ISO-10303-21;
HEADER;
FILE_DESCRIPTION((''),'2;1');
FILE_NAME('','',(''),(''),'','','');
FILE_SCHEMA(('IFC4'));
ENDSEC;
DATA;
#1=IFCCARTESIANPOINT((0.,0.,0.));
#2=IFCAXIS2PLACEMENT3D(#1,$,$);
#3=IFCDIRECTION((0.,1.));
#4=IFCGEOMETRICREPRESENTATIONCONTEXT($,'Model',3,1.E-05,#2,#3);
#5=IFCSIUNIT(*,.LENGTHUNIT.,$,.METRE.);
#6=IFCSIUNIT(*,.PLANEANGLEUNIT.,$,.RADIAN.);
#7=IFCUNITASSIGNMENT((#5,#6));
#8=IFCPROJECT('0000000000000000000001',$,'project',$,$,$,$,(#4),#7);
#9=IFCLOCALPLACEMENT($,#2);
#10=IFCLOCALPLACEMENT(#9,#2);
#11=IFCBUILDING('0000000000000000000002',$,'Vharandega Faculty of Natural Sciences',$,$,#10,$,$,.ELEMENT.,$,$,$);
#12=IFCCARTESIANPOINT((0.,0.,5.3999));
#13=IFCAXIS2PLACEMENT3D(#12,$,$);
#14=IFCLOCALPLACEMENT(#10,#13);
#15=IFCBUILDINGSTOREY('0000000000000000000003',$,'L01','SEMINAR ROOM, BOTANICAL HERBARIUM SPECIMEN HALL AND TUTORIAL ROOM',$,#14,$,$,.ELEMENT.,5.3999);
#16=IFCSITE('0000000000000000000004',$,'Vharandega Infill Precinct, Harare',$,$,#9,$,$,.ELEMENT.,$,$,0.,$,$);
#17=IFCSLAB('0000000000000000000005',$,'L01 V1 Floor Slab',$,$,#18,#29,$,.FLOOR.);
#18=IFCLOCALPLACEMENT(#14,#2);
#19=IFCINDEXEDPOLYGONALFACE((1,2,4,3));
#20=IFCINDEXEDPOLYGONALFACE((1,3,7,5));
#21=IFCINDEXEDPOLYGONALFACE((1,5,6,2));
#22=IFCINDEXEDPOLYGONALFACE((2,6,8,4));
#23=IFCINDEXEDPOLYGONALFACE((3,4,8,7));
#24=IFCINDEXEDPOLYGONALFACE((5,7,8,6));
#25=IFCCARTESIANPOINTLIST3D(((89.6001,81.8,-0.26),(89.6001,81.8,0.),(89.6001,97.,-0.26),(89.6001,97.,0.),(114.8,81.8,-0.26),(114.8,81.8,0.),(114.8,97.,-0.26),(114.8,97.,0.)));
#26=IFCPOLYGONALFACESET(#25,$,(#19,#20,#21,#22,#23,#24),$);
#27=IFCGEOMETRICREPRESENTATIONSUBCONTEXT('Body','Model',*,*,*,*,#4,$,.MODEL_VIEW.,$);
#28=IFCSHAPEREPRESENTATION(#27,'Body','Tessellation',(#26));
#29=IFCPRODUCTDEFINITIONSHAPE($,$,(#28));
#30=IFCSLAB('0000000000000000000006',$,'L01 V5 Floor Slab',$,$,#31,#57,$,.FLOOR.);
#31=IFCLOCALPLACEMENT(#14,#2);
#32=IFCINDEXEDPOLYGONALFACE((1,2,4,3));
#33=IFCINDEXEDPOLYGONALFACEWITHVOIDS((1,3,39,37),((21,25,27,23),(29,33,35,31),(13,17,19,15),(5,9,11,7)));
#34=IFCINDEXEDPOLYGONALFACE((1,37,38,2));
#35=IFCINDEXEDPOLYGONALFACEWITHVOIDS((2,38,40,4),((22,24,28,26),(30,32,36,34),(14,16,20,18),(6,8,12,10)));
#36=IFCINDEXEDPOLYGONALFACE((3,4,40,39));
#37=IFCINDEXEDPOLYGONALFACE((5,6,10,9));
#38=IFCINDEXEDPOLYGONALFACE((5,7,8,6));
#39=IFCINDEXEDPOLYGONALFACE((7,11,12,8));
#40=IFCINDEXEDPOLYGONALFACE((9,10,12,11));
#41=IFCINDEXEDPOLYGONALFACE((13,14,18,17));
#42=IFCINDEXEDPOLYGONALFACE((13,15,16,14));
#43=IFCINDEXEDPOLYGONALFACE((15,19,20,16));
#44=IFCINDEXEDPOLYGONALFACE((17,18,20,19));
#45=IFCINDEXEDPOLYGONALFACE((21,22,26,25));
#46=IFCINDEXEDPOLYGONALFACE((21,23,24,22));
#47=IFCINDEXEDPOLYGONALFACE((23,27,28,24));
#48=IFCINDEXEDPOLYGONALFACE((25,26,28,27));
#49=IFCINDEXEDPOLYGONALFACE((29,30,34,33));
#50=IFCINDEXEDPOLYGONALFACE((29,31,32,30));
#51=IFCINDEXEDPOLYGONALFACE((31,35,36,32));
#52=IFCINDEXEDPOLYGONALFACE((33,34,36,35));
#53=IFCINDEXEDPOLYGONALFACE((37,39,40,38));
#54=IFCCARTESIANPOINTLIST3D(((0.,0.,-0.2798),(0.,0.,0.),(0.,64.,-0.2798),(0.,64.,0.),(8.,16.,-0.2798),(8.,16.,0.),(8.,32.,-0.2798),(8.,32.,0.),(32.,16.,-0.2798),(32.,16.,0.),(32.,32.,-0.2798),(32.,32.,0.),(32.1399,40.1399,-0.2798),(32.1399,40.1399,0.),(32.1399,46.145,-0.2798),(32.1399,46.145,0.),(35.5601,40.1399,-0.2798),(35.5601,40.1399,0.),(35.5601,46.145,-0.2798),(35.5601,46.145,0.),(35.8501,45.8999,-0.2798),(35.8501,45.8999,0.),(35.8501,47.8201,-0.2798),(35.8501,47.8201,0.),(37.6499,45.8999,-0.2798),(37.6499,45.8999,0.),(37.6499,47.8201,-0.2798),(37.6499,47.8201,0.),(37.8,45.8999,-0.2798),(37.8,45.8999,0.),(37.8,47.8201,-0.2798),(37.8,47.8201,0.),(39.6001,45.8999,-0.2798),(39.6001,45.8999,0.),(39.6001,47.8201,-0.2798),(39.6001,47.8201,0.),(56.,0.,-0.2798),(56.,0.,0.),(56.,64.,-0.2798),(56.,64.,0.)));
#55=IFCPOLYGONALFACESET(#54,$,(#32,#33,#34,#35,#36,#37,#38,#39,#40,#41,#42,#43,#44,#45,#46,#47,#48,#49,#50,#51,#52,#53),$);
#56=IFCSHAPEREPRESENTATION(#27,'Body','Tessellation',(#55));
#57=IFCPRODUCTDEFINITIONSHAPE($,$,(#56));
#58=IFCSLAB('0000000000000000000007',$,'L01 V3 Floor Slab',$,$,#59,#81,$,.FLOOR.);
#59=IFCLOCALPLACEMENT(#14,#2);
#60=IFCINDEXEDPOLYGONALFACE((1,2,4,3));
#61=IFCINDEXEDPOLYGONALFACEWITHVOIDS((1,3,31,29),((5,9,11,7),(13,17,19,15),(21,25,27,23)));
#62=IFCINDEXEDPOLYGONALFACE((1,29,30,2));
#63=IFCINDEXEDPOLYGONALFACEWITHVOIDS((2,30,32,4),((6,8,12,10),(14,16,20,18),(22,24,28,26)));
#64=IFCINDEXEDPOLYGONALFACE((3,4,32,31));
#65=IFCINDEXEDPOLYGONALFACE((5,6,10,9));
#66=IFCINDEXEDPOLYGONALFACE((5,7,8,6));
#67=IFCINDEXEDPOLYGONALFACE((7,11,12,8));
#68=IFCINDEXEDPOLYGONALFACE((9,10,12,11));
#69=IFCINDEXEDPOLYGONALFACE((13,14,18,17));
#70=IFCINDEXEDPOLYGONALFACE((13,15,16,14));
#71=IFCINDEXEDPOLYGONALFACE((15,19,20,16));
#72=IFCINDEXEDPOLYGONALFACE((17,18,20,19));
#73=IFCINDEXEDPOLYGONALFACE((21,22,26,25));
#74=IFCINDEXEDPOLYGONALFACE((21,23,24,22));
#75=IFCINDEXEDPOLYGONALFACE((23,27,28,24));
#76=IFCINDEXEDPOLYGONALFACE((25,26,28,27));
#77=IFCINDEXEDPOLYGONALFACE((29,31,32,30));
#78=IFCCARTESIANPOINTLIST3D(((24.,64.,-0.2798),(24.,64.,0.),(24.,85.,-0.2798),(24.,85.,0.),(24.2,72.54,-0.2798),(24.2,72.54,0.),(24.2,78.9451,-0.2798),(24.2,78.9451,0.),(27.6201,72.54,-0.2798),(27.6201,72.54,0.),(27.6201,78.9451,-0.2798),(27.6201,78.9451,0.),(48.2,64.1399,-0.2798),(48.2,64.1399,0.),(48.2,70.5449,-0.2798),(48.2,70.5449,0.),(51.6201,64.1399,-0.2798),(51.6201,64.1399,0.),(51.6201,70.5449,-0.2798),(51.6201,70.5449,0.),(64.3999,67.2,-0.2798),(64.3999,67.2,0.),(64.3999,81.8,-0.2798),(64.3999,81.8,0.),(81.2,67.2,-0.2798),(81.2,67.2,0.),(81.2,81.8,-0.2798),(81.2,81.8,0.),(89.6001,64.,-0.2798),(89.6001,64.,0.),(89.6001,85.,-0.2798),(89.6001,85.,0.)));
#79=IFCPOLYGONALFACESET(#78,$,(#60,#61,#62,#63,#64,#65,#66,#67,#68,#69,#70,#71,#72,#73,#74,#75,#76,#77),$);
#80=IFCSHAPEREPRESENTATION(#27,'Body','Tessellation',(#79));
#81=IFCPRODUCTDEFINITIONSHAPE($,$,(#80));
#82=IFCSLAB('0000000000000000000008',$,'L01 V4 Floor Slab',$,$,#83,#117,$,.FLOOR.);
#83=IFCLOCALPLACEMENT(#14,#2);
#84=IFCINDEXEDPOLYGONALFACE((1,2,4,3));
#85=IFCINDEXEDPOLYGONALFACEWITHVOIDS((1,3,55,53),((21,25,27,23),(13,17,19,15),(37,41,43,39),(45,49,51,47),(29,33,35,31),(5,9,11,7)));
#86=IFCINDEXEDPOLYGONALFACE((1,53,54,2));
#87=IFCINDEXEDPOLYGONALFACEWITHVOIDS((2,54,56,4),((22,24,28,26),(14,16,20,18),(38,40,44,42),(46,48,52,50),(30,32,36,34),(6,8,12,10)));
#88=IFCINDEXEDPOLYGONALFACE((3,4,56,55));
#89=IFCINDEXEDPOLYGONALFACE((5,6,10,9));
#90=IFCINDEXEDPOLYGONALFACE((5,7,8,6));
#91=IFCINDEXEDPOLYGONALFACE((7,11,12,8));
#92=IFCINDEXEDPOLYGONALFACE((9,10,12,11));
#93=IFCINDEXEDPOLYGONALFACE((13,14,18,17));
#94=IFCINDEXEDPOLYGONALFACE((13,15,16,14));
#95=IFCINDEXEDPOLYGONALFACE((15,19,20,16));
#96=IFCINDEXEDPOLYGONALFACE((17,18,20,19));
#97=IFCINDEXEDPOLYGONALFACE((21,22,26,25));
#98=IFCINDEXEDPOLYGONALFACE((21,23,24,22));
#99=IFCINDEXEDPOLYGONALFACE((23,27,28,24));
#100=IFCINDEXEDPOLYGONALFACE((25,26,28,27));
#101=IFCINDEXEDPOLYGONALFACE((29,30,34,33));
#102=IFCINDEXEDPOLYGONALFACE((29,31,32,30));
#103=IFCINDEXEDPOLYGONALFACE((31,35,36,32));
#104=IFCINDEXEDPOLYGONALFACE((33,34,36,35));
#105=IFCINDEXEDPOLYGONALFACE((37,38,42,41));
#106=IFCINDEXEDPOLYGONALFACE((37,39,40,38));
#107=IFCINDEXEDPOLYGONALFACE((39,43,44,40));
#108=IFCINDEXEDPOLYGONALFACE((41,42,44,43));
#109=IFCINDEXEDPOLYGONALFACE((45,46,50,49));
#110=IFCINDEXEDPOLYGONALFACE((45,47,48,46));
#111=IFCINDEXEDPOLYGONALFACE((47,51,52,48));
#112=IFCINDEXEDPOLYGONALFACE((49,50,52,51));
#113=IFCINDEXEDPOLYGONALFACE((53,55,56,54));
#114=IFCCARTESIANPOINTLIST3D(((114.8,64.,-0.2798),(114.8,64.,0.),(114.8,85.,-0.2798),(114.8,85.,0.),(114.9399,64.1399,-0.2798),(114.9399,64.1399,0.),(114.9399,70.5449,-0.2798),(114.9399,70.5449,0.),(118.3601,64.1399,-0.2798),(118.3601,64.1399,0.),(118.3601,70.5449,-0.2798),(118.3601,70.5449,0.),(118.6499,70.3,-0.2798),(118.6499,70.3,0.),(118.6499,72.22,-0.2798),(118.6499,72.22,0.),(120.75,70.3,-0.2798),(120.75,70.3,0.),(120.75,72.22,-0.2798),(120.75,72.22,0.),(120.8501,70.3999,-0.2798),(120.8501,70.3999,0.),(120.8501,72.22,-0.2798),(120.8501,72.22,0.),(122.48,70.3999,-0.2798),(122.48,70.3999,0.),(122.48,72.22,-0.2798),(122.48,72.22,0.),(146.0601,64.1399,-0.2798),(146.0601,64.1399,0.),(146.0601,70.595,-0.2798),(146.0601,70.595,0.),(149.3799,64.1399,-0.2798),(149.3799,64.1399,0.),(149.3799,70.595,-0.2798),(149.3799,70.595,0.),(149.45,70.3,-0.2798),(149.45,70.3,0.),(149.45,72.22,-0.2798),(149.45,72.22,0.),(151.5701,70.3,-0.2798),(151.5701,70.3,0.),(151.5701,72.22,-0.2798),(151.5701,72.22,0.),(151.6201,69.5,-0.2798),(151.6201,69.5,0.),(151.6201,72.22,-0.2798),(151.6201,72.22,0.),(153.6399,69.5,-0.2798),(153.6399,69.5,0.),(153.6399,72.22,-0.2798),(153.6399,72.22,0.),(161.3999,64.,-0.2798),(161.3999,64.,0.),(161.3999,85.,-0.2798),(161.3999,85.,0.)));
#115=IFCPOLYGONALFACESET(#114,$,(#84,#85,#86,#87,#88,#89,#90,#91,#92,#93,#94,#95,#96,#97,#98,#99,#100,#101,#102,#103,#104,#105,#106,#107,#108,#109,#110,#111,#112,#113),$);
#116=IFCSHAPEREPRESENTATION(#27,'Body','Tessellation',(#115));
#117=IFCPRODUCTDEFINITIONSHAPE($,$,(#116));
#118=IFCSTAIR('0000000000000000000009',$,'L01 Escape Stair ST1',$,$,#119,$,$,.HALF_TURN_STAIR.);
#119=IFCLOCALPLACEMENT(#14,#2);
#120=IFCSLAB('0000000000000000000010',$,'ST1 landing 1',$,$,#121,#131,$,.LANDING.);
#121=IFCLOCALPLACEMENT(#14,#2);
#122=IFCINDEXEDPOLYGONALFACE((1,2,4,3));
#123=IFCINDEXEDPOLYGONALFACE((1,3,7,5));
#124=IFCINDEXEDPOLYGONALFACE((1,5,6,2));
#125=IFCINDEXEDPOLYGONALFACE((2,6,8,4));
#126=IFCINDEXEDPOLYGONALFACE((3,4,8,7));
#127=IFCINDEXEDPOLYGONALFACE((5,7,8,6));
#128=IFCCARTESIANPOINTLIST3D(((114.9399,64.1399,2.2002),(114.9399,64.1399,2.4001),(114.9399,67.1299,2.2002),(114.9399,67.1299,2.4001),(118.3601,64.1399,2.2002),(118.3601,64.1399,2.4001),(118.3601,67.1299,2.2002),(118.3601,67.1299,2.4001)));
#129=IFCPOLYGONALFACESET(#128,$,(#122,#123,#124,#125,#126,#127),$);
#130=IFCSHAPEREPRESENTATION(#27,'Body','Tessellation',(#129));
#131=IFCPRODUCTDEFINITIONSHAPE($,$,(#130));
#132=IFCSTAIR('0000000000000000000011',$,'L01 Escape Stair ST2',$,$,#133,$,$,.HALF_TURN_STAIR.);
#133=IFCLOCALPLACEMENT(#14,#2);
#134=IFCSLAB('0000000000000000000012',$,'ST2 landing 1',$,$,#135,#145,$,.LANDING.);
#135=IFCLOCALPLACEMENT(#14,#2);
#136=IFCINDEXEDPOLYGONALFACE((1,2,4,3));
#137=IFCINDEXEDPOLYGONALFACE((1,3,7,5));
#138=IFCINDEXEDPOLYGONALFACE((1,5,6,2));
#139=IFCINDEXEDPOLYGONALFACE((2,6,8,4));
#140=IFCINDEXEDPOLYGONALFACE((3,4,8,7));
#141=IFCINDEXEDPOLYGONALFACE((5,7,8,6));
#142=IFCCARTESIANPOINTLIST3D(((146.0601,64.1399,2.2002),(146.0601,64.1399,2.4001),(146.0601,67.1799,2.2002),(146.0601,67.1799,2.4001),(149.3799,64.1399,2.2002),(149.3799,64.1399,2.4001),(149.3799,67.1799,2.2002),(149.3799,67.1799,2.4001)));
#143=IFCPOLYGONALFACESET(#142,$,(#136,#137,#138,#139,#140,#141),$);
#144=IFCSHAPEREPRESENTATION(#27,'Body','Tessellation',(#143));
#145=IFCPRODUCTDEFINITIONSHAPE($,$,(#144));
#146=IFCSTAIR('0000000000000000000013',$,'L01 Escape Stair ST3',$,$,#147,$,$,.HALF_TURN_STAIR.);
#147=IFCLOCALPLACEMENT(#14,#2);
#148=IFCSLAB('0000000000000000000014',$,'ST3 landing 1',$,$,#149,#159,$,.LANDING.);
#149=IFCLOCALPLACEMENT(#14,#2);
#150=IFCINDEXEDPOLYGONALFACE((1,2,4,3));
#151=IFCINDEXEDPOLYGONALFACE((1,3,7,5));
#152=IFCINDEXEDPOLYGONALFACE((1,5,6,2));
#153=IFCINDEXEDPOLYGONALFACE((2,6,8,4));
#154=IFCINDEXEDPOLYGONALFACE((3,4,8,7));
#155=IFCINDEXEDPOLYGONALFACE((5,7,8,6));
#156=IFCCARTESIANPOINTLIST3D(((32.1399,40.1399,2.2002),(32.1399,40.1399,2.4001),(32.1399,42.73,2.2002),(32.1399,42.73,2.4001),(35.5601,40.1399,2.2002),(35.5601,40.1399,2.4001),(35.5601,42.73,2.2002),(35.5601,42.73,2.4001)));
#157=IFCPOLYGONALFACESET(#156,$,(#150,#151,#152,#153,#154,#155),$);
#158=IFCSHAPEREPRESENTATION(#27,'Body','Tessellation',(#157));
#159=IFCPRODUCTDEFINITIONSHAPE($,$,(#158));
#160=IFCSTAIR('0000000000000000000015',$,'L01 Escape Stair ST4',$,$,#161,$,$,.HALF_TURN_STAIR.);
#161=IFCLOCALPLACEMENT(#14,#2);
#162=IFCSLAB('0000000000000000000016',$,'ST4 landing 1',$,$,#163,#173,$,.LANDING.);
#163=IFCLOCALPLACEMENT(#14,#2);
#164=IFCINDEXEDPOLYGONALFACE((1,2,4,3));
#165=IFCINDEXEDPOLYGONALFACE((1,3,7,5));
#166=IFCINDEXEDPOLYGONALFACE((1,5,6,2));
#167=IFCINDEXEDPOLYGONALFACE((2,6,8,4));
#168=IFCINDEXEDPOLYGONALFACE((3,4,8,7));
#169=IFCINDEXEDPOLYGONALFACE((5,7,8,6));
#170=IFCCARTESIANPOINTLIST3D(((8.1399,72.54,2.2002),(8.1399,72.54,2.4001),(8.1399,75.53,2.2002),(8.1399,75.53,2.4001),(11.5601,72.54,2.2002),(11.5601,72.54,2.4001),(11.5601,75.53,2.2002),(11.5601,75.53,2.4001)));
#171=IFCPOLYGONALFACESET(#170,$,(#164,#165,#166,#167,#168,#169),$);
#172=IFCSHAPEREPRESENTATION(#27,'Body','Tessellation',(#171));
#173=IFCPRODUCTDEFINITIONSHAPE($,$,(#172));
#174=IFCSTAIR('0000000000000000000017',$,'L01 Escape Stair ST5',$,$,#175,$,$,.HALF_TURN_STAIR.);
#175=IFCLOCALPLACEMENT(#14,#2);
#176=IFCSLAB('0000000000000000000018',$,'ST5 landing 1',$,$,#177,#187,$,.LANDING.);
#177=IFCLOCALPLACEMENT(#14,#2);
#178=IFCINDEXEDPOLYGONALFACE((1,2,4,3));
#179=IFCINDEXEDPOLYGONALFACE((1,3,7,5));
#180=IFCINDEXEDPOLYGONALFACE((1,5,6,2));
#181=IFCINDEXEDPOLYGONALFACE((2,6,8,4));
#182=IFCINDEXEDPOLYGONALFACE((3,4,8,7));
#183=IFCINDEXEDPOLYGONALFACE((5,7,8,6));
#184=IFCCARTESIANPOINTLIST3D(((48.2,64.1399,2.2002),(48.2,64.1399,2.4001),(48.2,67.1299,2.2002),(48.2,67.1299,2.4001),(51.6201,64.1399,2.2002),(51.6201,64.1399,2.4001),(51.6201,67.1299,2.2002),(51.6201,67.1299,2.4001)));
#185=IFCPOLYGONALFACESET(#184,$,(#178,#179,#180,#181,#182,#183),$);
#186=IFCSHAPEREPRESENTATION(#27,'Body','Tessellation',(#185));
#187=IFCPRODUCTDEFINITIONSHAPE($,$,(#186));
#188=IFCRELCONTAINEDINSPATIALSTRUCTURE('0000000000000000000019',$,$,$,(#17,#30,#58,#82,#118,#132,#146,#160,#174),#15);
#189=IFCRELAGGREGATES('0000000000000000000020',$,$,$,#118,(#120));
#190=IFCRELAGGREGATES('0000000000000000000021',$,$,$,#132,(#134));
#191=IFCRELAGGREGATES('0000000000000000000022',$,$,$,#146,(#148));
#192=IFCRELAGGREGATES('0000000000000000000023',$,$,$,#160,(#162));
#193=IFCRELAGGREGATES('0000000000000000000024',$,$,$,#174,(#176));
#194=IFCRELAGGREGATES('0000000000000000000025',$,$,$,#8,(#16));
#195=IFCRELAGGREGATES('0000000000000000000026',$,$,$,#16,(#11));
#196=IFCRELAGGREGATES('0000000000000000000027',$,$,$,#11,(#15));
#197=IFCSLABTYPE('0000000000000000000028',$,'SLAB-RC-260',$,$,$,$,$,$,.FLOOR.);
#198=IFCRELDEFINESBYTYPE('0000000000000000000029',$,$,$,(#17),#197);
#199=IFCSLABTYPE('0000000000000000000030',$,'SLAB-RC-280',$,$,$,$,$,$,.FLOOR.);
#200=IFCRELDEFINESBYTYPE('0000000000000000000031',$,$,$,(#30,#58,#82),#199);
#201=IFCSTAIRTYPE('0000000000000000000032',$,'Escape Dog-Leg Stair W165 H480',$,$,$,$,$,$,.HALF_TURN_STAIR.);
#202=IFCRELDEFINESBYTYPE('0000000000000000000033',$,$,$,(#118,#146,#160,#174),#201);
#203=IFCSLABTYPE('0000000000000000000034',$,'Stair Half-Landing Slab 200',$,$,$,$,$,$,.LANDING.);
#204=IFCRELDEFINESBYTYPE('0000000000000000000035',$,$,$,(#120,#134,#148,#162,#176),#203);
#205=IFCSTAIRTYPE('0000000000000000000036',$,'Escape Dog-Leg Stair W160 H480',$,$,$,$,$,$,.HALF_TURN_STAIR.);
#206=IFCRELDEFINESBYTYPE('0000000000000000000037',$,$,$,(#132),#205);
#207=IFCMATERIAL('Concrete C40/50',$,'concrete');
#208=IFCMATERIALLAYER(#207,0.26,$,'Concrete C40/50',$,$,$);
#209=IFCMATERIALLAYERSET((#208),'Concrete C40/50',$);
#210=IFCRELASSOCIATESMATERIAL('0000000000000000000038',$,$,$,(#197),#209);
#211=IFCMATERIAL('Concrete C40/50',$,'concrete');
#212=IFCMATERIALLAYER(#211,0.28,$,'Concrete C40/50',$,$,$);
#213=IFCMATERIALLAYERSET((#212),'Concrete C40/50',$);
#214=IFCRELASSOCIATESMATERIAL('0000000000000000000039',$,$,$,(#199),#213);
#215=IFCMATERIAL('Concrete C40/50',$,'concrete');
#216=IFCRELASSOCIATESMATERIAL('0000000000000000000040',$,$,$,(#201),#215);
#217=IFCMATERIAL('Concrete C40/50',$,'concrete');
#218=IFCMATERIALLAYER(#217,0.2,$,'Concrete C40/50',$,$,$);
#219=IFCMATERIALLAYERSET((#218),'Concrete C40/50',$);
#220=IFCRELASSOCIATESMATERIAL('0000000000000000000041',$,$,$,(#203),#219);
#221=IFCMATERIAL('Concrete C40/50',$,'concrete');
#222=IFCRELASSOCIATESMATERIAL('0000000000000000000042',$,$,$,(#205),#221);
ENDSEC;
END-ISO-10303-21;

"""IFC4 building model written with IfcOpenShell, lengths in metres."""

from ifc_helpers import new_model, si_unit, direction, frame, origin, place, context, subcontext, project, spatial, polyline, outline, extrude, material, layer, layer_set, type_object, element, aggregate, save


model = new_model("IFC4")

# Units and contexts
model_context = context("Model", 3, precision=1e-05, world=origin(), true_north=direction((0.0, 1.0)))
body_context = subcontext(model_context, "Body", "Model", "MODEL_VIEW")
ifc_project = project(units=[si_unit("LENGTHUNIT", "METRE"), si_unit("PLANEANGLEUNIT", "RADIAN")], contexts=[model_context])

# Site, building, storey
site_placement = place(None, origin())
site = spatial("IfcSite", under=ifc_project, at=site_placement, Name="Vharandega Infill Precinct, Harare", CompositionType="ELEMENT", RefElevation=0.0)
building_placement = place(site_placement, origin())
building = spatial("IfcBuilding", under=site, at=building_placement, Name="Vharandega Faculty of Natural Sciences", CompositionType="ELEMENT")
storey_placement = place(building_placement, frame((0.0, 0.0, 5.3999)))
storey = spatial("IfcBuildingStorey", under=building, at=storey_placement, Name="L01", Description="SEMINAR ROOM, BOTANICAL HERBARIUM SPECIMEN HALL AND TUTORIAL ROOM", CompositionType="ELEMENT", Elevation=5.3999)

# Slabs
ifc_material_1 = material(Name="Concrete C40/50", Category="concrete")
ifc_layer_1 = layer(ifc_material_1, 0.26, Name="Concrete C40/50")
ifc_layer_set_1 = layer_set([ifc_layer_1], Name="Concrete C40/50")
slab_type_1 = type_object("IfcSlabType", Name="SLAB-RC-260", PredefinedType="FLOOR", material=ifc_layer_set_1)
slab_1_placement = place(storey_placement, frame((0.0, 0.0, -0.26)))
element("IfcSlab", 1, at=slab_1_placement, inside=storey, type_object=slab_type_1, Name="L01 V1 Floor Slab", PredefinedType="FLOOR", context=body_context, shape_type="SweptSolid", body=[
    extrude(outline(polyline([(89.6001, 81.8), (114.8, 81.8), (114.8, 97.0), (89.6001, 97.0), (89.6001, 81.8)])), origin(), (0.0, 0.0, 1.0), 0.26),
])
ifc_material_2 = material(Name="Concrete C40/50", Category="concrete")
ifc_layer_2 = layer(ifc_material_2, 0.28, Name="Concrete C40/50")
ifc_layer_set_2 = layer_set([ifc_layer_2], Name="Concrete C40/50")
slab_type_2 = type_object("IfcSlabType", Name="SLAB-RC-280", PredefinedType="FLOOR", material=ifc_layer_set_2)
slab_2_placement = place(storey_placement, frame((0.0, 0.0, -0.2798)))
element("IfcSlab", 2, at=slab_2_placement, inside=storey, type_object=slab_type_2, Name="L01 V5 Floor Slab", PredefinedType="FLOOR", context=body_context, shape_type="SweptSolid", body=[
    extrude(outline(polyline([(0.0, 0.0), (56.0, 0.0), (56.0, 64.0), (0.0, 64.0), (0.0, 0.0)]), holes=[polyline([(8.0, 16.0), (32.0, 16.0), (32.0, 32.0), (8.0, 32.0), (8.0, 16.0)]), polyline([(32.1399, 46.145), (32.1399, 40.1399), (35.5601, 40.1399), (35.5601, 46.145), (32.1399, 46.145)]), polyline([(35.8501, 45.8999), (37.6499, 45.8999), (37.6499, 47.8201), (35.8501, 47.8201), (35.8501, 45.8999)]), polyline([(37.8, 45.8999), (39.6001, 45.8999), (39.6001, 47.8201), (37.8, 47.8201), (37.8, 45.8999)])]), origin(), (0.0, 0.0, 1.0), 0.2798),
])
slab_3_placement = place(storey_placement, frame((0.0, 0.0, -0.2798)))
element("IfcSlab", 3, at=slab_3_placement, inside=storey, type_object=slab_type_2, Name="L01 V3 Floor Slab", PredefinedType="FLOOR", context=body_context, shape_type="SweptSolid", body=[
    extrude(outline(polyline([(24.0, 64.0), (89.6001, 64.0), (89.6001, 85.0), (24.0, 85.0), (24.0, 64.0)]), holes=[polyline([(64.3999, 67.2), (81.2, 67.2), (81.2, 81.8), (64.3999, 81.8), (64.3999, 67.2)]), polyline([(48.2, 70.5449), (48.2, 64.1399), (51.6201, 64.1399), (51.6201, 70.5449), (48.2, 70.5449)]), polyline([(24.2, 78.9451), (24.2, 72.54), (27.6201, 72.54), (27.6201, 78.9451), (24.2, 78.9451)])]), origin(), (0.0, 0.0, 1.0), 0.2798),
])
slab_4_placement = place(storey_placement, frame((0.0, 0.0, -0.2798)))
element("IfcSlab", 4, at=slab_4_placement, inside=storey, type_object=slab_type_2, Name="L01 V4 Floor Slab", PredefinedType="FLOOR", context=body_context, shape_type="SweptSolid", body=[
    extrude(outline(polyline([(114.8, 64.0), (161.3999, 64.0), (161.3999, 85.0), (114.8, 85.0), (114.8, 64.0)]), holes=[polyline([(114.9399, 70.5449), (114.9399, 64.1399), (118.3601, 64.1399), (118.3601, 70.5449), (114.9399, 70.5449)]), polyline([(118.6499, 70.3), (120.75, 70.3), (120.75, 72.22), (118.6499, 72.22), (118.6499, 70.3)]), polyline([(120.8501, 70.3999), (122.48, 70.3999), (122.48, 72.22), (120.8501, 72.22), (120.8501, 70.3999)]), polyline([(146.0601, 70.595), (146.0601, 64.1399), (149.3799, 64.1399), (149.3799, 70.595), (146.0601, 70.595)]), polyline([(149.45, 70.3), (151.5701, 70.3), (151.5701, 72.22), (149.45, 72.22), (149.45, 70.3)]), polyline([(151.6201, 69.5), (153.6399, 69.5), (153.6399, 72.22), (151.6201, 72.22), (151.6201, 69.5)])]), origin(), (0.0, 0.0, 1.0), 0.2798),
])

# Stairs, slabs
ifc_material_3 = material(Name="Concrete C40/50", Category="concrete")
stair_type_1 = type_object("IfcStairType", Name="Escape Dog-Leg Stair W165 H480", PredefinedType="HALF_TURN_STAIR", material=ifc_material_3)
stair_1_placement = place(storey_placement, origin())
stair_1 = element("IfcStair", 5, at=stair_1_placement, inside=storey, type_object=stair_type_1, Name="L01 Escape Stair ST1", PredefinedType="HALF_TURN_STAIR")
ifc_material_4 = material(Name="Concrete C40/50", Category="concrete")
ifc_layer_3 = layer(ifc_material_4, 0.2, Name="Concrete C40/50")
ifc_layer_set_3 = layer_set([ifc_layer_3], Name="Concrete C40/50")
slab_type_3 = type_object("IfcSlabType", Name="Stair Half-Landing Slab 200", PredefinedType="LANDING", material=ifc_layer_set_3)
slab_5_placement = place(storey_placement, frame((0.0, 0.0, 2.2002)))
slab_5 = element("IfcSlab", 6, at=slab_5_placement, type_object=slab_type_3, Name="ST1 landing 1", PredefinedType="LANDING", context=body_context, shape_type="SweptSolid", body=[
    extrude(outline(polyline([(114.9399, 67.1299), (114.9399, 64.1399), (118.3601, 64.1399), (118.3601, 67.1299), (114.9399, 67.1299)])), origin(), (0.0, 0.0, 1.0), 0.2),
])
aggregate(stair_1, [slab_5])
ifc_material_5 = material(Name="Concrete C40/50", Category="concrete")
stair_type_2 = type_object("IfcStairType", Name="Escape Dog-Leg Stair W160 H480", PredefinedType="HALF_TURN_STAIR", material=ifc_material_5)
stair_2_placement = place(storey_placement, origin())
stair_2 = element("IfcStair", 7, at=stair_2_placement, inside=storey, type_object=stair_type_2, Name="L01 Escape Stair ST2", PredefinedType="HALF_TURN_STAIR")
slab_6_placement = place(storey_placement, frame((0.0, 0.0, 2.2002)))
slab_6 = element("IfcSlab", 8, at=slab_6_placement, type_object=slab_type_3, Name="ST2 landing 1", PredefinedType="LANDING", context=body_context, shape_type="SweptSolid", body=[
    extrude(outline(polyline([(146.0601, 67.1799), (146.0601, 64.1399), (149.3799, 64.1399), (149.3799, 67.1799), (146.0601, 67.1799)])), origin(), (0.0, 0.0, 1.0), 0.2),
])
aggregate(stair_2, [slab_6])
stair_3_placement = place(storey_placement, origin())
stair_3 = element("IfcStair", 9, at=stair_3_placement, inside=storey, type_object=stair_type_1, Name="L01 Escape Stair ST3", PredefinedType="HALF_TURN_STAIR")
slab_7_placement = place(storey_placement, frame((0.0, 0.0, 2.2002)))
slab_7 = element("IfcSlab", 10, at=slab_7_placement, type_object=slab_type_3, Name="ST3 landing 1", PredefinedType="LANDING", context=body_context, shape_type="SweptSolid", body=[
    extrude(outline(polyline([(32.1399, 42.73), (32.1399, 40.1399), (35.5601, 40.1399), (35.5601, 42.73), (32.1399, 42.73)])), origin(), (0.0, 0.0, 1.0), 0.2),
])
aggregate(stair_3, [slab_7])
stair_4_placement = place(storey_placement, origin())
stair_4 = element("IfcStair", 11, at=stair_4_placement, inside=storey, type_object=stair_type_1, Name="L01 Escape Stair ST4", PredefinedType="HALF_TURN_STAIR")
slab_8_placement = place(storey_placement, frame((0.0, 0.0, 2.2002)))
slab_8 = element("IfcSlab", 12, at=slab_8_placement, type_object=slab_type_3, Name="ST4 landing 1", PredefinedType="LANDING", context=body_context, shape_type="SweptSolid", body=[
    extrude(outline(polyline([(8.1399, 75.53), (8.1399, 72.54), (11.5601, 72.54), (11.5601, 75.53), (8.1399, 75.53)])), origin(), (0.0, 0.0, 1.0), 0.2),
])
aggregate(stair_4, [slab_8])
stair_5_placement = place(storey_placement, origin())
stair_5 = element("IfcStair", 13, at=stair_5_placement, inside=storey, type_object=stair_type_1, Name="L01 Escape Stair ST5", PredefinedType="HALF_TURN_STAIR")
slab_9_placement = place(storey_placement, frame((0.0, 0.0, 2.2002)))
slab_9 = element("IfcSlab", 14, at=slab_9_placement, type_object=slab_type_3, Name="ST5 landing 1", PredefinedType="LANDING", context=body_context, shape_type="SweptSolid", body=[
    extrude(outline(polyline([(48.2, 67.1299), (48.2, 64.1399), (51.6201, 64.1399), (51.6201, 67.1299), (48.2, 67.1299)])), origin(), (0.0, 0.0, 1.0), 0.2),
])
aggregate(stair_5, [slab_9])

save(model, "model.ifc")
